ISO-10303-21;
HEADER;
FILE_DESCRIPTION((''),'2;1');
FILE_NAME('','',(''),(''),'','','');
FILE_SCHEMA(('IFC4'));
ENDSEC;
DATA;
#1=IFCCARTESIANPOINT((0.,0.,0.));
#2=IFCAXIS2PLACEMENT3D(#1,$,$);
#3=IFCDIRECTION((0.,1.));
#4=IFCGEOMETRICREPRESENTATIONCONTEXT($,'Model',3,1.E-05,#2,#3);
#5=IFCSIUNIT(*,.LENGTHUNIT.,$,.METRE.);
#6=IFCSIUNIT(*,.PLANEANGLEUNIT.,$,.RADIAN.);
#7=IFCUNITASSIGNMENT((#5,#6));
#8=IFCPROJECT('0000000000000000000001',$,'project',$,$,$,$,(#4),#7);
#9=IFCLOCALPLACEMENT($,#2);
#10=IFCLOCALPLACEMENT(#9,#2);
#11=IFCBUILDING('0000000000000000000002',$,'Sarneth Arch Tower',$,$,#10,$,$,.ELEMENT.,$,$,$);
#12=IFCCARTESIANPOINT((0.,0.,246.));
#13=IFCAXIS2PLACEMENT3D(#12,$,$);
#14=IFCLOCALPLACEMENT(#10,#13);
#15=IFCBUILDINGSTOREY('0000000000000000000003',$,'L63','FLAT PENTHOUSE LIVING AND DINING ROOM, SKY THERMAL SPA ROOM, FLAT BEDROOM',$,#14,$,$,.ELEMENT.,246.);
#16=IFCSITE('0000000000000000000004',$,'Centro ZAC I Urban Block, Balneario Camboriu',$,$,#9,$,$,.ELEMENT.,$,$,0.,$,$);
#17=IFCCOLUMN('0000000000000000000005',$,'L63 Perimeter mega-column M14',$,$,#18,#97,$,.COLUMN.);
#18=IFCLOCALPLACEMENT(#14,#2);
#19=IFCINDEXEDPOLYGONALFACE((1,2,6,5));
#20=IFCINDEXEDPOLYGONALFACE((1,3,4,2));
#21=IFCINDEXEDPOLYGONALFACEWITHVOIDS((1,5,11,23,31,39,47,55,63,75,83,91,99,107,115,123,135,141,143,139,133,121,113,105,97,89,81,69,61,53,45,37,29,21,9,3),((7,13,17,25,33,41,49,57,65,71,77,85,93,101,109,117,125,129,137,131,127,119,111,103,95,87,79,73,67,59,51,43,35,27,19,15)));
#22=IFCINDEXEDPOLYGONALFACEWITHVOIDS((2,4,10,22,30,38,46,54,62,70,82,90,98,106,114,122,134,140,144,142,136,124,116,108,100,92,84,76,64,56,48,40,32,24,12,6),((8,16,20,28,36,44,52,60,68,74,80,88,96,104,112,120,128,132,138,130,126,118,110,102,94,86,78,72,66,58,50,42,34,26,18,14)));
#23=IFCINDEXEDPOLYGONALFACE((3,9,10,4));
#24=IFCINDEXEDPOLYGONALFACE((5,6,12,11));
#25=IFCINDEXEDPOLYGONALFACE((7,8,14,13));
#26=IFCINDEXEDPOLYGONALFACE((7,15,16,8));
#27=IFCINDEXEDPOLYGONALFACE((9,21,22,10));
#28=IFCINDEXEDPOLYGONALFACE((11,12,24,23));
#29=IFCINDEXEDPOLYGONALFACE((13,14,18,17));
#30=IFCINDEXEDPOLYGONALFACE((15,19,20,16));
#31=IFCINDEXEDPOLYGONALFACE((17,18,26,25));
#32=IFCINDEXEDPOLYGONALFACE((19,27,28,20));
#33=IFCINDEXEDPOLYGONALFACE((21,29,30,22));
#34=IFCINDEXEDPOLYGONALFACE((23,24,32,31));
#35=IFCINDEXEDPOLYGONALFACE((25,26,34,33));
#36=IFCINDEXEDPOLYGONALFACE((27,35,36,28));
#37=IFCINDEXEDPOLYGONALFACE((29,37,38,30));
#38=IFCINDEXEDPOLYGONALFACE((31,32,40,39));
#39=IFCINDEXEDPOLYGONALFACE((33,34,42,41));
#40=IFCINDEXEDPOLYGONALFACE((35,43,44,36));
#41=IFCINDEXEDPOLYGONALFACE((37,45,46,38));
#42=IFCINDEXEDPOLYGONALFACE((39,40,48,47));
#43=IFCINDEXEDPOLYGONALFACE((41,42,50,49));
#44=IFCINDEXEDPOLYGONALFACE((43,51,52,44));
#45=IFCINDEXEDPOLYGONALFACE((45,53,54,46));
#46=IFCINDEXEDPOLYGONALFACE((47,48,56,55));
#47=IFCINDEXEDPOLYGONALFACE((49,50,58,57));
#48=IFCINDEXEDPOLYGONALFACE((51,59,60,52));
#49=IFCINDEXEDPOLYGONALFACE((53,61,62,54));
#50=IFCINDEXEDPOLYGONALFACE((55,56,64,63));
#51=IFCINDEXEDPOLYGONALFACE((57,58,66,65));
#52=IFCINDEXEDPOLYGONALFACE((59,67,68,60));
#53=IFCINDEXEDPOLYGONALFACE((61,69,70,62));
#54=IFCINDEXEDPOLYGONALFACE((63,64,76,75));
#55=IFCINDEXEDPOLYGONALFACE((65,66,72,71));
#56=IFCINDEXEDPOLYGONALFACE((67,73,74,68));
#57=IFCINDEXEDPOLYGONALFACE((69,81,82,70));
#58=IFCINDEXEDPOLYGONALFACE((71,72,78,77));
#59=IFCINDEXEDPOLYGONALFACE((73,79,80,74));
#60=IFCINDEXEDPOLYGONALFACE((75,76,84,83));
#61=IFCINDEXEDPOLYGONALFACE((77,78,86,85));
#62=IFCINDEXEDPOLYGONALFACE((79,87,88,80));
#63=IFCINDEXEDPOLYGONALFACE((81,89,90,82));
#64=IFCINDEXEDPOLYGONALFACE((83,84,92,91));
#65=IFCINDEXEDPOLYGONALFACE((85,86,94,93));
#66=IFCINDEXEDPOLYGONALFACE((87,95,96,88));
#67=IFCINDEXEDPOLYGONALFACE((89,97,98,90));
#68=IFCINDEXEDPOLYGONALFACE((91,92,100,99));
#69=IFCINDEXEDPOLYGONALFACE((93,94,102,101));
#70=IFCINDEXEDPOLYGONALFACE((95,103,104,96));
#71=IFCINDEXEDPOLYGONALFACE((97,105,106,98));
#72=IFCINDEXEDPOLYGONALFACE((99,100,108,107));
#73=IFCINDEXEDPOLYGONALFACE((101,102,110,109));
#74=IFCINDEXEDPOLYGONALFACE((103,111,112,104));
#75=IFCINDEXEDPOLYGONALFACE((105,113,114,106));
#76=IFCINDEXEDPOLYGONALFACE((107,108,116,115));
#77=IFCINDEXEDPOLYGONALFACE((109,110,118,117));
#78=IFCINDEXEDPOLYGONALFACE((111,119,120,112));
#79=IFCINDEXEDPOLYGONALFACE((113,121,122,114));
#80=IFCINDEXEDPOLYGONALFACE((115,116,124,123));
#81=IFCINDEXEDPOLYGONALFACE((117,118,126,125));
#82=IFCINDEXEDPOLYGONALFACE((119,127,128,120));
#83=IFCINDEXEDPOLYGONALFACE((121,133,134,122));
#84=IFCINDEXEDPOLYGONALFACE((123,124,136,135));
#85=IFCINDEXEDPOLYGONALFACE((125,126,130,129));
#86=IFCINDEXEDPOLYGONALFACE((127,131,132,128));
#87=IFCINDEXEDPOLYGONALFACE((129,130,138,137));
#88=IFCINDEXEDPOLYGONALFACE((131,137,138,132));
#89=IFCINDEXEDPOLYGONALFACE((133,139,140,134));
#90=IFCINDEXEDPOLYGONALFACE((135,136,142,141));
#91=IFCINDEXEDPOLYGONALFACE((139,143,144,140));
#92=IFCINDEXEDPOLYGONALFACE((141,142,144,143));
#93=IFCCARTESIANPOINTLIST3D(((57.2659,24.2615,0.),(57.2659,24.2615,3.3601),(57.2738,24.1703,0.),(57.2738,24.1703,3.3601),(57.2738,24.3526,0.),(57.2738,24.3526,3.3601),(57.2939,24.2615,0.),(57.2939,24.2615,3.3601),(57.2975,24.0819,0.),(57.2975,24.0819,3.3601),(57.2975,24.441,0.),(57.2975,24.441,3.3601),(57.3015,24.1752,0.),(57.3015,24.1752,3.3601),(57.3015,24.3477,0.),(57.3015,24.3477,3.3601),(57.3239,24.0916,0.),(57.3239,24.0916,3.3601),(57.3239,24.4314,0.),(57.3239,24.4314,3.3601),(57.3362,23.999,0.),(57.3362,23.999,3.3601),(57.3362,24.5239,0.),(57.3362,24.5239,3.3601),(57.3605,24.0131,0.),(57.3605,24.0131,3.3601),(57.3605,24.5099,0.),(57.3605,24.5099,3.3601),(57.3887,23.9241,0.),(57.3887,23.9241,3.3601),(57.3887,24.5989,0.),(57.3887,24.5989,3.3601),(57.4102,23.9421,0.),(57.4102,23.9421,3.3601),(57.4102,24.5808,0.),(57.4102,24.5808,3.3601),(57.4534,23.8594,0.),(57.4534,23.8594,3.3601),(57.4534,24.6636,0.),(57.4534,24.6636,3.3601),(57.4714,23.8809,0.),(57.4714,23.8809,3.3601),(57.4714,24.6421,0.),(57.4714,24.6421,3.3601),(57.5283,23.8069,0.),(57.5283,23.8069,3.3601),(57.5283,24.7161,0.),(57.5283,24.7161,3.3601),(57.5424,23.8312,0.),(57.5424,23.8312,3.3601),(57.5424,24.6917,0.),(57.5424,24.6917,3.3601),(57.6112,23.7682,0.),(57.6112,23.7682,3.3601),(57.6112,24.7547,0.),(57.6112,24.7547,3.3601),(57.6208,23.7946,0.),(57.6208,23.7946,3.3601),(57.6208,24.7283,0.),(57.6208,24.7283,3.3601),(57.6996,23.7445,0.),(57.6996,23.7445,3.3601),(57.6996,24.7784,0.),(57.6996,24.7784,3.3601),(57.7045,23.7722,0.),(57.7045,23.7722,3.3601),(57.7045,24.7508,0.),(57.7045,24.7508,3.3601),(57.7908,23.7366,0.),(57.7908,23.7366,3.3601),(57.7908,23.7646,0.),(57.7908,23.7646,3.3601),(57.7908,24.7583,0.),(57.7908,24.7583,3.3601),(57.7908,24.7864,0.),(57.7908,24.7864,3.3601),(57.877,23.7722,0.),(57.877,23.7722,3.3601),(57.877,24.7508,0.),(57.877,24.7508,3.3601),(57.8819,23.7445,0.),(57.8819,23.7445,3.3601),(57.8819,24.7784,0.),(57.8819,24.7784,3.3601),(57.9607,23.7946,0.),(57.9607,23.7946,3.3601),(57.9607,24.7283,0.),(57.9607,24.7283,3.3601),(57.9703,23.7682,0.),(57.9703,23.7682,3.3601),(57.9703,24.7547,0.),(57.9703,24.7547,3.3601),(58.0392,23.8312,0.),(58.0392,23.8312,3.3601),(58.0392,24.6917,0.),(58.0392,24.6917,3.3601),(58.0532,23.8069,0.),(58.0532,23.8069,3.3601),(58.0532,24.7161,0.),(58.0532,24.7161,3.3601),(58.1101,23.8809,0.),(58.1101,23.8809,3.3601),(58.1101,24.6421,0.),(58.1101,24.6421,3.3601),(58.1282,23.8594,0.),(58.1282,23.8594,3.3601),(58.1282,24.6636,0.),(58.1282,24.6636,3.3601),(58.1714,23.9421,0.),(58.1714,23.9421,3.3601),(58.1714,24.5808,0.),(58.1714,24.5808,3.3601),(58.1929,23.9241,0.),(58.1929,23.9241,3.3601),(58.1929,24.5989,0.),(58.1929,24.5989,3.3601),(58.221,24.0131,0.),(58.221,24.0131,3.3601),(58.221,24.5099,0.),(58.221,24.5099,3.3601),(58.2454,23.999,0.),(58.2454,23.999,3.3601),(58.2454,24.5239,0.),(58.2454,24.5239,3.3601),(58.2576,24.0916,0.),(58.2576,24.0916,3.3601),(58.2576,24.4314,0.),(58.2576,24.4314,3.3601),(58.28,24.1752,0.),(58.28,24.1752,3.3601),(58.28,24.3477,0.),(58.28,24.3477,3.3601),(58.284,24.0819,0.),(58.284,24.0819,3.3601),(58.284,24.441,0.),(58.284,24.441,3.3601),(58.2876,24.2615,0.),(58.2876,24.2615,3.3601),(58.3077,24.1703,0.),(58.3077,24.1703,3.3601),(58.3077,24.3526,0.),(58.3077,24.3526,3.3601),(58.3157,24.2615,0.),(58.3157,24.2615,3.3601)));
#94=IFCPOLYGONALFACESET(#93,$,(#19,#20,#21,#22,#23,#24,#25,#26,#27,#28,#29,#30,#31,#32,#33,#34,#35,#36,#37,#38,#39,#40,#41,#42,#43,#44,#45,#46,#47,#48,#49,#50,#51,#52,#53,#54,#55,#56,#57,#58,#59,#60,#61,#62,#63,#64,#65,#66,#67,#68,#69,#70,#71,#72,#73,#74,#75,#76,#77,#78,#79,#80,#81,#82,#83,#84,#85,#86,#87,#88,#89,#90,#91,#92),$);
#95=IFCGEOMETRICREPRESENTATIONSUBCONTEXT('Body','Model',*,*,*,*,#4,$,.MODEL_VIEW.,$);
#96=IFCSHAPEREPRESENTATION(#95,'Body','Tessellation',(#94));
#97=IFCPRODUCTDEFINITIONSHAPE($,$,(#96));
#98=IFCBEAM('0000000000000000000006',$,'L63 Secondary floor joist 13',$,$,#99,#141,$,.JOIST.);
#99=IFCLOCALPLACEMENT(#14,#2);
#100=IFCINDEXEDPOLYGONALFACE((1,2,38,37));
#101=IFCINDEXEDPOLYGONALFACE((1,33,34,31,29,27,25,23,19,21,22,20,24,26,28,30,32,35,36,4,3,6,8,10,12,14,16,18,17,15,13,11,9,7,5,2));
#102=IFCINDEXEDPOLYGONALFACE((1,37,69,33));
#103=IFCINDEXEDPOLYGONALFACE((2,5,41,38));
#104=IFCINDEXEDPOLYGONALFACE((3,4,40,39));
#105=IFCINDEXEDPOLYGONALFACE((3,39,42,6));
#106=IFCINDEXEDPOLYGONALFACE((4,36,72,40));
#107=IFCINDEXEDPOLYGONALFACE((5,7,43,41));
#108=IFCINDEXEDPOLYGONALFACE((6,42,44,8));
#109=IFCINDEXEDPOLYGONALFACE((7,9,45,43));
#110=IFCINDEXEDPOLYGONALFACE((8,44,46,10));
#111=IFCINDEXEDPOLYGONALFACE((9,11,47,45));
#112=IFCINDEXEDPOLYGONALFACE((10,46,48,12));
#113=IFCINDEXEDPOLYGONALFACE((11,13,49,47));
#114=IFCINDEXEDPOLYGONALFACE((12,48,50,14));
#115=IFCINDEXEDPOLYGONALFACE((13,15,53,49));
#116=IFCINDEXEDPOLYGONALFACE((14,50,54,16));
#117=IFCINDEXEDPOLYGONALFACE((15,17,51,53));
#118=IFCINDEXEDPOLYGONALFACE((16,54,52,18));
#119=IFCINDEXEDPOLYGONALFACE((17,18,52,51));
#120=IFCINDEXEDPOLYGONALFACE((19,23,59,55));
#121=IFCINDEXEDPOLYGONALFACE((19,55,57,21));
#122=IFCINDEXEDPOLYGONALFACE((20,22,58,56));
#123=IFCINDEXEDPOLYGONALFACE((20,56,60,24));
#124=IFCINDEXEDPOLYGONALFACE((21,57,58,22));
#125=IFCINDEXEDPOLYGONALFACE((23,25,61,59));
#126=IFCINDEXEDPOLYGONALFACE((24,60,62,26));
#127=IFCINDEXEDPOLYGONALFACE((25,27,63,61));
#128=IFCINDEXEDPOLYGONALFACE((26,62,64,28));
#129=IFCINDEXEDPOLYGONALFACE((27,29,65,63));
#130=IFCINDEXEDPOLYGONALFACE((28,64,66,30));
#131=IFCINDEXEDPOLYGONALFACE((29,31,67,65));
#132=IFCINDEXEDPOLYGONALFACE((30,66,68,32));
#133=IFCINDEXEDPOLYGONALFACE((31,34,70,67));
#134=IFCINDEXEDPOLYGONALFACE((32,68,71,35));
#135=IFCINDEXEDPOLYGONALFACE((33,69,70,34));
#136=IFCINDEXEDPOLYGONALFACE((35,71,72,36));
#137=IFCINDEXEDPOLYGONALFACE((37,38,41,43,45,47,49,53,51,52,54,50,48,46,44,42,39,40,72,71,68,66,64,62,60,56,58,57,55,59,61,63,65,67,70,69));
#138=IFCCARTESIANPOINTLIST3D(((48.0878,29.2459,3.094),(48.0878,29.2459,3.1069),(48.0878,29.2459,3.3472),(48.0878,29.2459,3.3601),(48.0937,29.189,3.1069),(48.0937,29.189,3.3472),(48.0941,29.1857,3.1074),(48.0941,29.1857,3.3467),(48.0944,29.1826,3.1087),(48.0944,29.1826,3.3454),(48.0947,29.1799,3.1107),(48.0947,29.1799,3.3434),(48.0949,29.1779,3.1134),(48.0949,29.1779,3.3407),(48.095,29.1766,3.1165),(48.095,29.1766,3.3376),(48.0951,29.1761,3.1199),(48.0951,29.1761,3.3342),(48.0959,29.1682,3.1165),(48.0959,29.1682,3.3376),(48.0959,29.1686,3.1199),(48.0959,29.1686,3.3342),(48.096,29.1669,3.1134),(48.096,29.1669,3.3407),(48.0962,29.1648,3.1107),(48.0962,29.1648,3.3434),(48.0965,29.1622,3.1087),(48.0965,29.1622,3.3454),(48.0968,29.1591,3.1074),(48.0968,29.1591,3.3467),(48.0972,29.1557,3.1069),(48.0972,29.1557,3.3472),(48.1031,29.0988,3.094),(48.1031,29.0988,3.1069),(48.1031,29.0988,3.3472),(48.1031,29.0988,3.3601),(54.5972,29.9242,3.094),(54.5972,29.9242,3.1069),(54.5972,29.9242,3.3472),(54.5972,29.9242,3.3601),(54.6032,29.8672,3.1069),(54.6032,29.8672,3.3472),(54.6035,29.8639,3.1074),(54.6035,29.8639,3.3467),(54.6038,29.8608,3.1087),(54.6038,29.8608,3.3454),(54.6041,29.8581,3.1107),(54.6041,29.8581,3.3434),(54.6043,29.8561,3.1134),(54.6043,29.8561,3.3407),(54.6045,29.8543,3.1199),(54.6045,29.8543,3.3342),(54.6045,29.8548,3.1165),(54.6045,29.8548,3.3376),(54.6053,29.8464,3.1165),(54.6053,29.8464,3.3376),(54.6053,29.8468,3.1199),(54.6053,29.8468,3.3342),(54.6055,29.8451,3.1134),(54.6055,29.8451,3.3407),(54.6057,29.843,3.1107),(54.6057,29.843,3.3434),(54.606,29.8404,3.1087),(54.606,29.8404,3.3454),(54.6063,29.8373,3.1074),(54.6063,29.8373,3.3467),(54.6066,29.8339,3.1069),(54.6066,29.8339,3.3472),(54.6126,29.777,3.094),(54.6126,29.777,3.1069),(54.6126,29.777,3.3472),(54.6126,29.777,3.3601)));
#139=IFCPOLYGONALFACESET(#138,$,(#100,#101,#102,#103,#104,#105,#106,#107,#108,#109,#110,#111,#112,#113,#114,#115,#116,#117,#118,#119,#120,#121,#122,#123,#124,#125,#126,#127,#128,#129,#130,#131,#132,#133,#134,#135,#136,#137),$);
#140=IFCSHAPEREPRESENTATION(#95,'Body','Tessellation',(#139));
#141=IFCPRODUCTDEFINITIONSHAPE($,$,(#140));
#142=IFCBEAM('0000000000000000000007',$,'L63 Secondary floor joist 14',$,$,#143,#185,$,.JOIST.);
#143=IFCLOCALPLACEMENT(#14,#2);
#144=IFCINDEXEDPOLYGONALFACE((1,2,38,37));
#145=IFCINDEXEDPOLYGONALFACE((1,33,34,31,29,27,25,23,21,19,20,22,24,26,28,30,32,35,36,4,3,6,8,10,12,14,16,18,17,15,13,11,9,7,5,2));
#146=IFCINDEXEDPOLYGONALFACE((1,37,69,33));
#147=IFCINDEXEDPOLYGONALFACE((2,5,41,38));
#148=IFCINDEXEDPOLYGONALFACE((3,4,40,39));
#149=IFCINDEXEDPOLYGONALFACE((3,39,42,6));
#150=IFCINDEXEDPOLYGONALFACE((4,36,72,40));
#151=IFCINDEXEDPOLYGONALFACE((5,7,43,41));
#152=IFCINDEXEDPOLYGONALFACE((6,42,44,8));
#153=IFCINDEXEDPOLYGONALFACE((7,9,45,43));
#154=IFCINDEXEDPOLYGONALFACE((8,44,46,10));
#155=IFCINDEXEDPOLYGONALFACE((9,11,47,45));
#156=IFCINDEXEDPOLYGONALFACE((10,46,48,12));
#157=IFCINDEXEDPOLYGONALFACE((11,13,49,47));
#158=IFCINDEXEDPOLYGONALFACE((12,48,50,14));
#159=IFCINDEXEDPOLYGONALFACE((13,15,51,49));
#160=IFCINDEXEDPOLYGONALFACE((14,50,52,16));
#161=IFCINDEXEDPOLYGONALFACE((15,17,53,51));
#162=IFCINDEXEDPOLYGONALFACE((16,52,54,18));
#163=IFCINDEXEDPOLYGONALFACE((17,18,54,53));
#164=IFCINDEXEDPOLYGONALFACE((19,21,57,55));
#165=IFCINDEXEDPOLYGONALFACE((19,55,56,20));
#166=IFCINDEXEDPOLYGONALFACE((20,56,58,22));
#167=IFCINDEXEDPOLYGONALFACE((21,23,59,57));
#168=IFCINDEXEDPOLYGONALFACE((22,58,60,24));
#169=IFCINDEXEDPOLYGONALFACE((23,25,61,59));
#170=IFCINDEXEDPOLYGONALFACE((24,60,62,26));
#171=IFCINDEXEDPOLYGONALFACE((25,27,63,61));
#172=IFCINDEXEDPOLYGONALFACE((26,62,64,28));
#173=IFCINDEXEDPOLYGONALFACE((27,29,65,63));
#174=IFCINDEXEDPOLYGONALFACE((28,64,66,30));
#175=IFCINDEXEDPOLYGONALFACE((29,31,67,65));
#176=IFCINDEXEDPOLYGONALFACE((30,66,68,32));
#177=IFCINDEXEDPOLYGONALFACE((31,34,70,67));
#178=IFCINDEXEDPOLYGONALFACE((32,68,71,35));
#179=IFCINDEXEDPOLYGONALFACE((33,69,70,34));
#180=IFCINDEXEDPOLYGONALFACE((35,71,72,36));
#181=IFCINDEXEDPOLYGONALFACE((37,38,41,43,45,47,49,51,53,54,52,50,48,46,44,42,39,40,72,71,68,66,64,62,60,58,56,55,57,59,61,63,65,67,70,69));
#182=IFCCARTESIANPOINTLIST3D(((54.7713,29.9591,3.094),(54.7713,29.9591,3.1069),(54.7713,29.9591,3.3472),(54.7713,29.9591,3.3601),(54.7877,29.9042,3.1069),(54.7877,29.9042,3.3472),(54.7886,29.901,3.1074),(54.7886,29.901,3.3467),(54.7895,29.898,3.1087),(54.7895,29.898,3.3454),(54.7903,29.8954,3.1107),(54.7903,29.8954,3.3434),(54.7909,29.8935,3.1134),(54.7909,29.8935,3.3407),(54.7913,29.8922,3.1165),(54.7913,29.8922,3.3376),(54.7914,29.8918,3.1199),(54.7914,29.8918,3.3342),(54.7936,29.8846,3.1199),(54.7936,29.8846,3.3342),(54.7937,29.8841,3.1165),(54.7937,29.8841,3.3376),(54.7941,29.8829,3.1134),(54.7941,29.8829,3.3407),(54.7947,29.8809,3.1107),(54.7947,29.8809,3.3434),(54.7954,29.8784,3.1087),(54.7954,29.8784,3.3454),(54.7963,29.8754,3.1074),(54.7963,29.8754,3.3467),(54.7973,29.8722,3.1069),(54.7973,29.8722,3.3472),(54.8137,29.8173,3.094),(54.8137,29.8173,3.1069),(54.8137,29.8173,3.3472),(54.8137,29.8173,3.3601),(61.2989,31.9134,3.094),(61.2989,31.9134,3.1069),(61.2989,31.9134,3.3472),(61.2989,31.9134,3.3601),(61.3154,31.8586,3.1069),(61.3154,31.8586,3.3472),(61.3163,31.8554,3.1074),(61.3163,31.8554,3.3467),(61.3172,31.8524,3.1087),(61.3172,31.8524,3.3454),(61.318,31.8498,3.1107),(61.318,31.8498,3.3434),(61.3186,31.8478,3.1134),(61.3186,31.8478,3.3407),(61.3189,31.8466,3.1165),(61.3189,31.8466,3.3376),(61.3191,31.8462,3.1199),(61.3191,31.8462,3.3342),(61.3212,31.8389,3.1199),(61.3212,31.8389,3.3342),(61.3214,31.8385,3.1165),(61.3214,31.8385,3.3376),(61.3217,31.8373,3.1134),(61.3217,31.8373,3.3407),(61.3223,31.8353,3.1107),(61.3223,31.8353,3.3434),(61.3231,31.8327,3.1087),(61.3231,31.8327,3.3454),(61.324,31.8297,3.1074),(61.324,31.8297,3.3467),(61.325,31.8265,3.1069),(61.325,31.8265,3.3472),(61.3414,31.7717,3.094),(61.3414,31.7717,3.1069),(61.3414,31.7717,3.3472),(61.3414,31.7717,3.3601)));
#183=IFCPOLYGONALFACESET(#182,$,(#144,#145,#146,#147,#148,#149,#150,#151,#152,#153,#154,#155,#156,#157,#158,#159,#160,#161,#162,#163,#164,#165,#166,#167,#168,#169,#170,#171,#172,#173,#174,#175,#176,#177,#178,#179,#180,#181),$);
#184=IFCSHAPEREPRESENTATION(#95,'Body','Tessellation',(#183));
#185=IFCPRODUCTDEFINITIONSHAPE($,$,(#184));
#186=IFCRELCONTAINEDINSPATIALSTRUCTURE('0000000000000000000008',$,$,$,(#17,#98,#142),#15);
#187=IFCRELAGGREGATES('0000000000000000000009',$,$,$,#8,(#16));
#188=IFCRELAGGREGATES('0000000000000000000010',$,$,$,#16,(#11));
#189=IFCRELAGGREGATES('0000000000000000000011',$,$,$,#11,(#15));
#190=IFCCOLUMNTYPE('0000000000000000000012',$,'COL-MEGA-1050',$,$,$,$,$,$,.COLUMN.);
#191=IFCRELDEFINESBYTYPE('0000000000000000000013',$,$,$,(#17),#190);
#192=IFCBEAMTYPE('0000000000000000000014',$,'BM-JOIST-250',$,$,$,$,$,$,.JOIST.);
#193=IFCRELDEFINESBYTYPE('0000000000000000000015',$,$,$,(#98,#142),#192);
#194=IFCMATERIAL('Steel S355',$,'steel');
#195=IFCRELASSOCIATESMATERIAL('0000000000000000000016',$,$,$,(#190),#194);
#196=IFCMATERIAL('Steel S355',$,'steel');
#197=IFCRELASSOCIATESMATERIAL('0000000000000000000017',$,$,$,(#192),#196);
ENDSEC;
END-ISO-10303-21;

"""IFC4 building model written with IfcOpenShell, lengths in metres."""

from ifc_helpers import new_model, si_unit, direction, frame, origin, origin_2d, place, context, subcontext, project, spatial, hollow_circle, i_section, extrude, material, material_profile, profile_set, type_object, element, save


model = new_model("IFC4")

# Units and contexts
model_context = context("Model", 3, precision=1e-05, world=origin(), true_north=direction((0.0, 1.0)))
body_context = subcontext(model_context, "Body", "Model", "MODEL_VIEW")
ifc_project = project(units=[si_unit("LENGTHUNIT", "METRE"), si_unit("PLANEANGLEUNIT", "RADIAN")], contexts=[model_context])

# Site, building, storey
site_placement = place(None, origin())
site = spatial("IfcSite", under=ifc_project, at=site_placement, Name="Centro ZAC I Urban Block, Balneario Camboriu", CompositionType="ELEMENT", RefElevation=0.0)
building_placement = place(site_placement, origin())
building = spatial("IfcBuilding", under=site, at=building_placement, Name="Sarneth Arch Tower", CompositionType="ELEMENT")
storey_placement = place(building_placement, frame((0.0, 0.0, 246.0)))
storey = spatial("IfcBuildingStorey", under=building, at=storey_placement, Name="L63", Description="FLAT PENTHOUSE LIVING AND DINING ROOM, SKY THERMAL SPA ROOM, FLAT BEDROOM", CompositionType="ELEMENT", Elevation=246.0)

# Column
ifc_material_1 = material(Name="Steel S355", Category="steel")
ifc_material_profile_1 = material_profile(ifc_material_1, hollow_circle(Radius=0.5249, WallThickness=0.0281, at=origin_2d()), Name="CHS1050x28")
ifc_profile_set_1 = profile_set([ifc_material_profile_1], Name="Steel S355")
column_type = type_object("IfcColumnType", Name="COL-MEGA-1050", PredefinedType="COLUMN", material=ifc_profile_set_1)
column_placement = place(storey_placement, frame((57.7908, 24.2615, 0.0), z_axis=(0.0, 0.0, 1.0), x_axis=(1.0, 0.0, 0.0)))
element("IfcColumn", 1, at=column_placement, inside=storey, type_object=column_type, Name="L63 Perimeter mega-column M14", PredefinedType="COLUMN", context=body_context, shape_type="SweptSolid", body=[
    extrude(hollow_circle(Radius=0.5249, WallThickness=0.0281, at=origin_2d()), origin(), (0.0, 0.0, 1.0), 3.3601),
])

# Beams
ifc_material_2 = material(Name="Steel S355", Category="steel")
ifc_material_profile_2 = material_profile(ifc_material_2, i_section(OverallWidth=0.1479, OverallDepth=0.2661, WebThickness=0.0076, FlangeThickness=0.0129, FilletRadius=0.0129, at=origin_2d()), Name="W250x44.8")
ifc_profile_set_2 = profile_set([ifc_material_profile_2], Name="Steel S355")
beam_type_1 = type_object("IfcBeamType", Name="BM-JOIST-250", PredefinedType="JOIST", material=ifc_profile_set_2)
beam_1_placement = place(storey_placement, frame((48.0955, 29.1724, 3.2271), z_axis=(0.994616, 0.103628, 0.0), x_axis=(-0.103628, 0.994616, 0.0)))
element("IfcBeam", 2, at=beam_1_placement, inside=storey, type_object=beam_type_1, Name="L63 Secondary floor joist 13", PredefinedType="JOIST", context=body_context, shape_type="SweptSolid", body=[
    extrude(i_section(OverallWidth=0.1479, OverallDepth=0.2661, WebThickness=0.0076, FlangeThickness=0.0129, FilletRadius=0.0129, at=origin_2d()), origin(), (0.0, 0.0, 1.0), 6.5447),
])
beam_2_placement = place(storey_placement, frame((54.7925, 29.8882, 3.2271), z_axis=(0.957985, 0.286819, 0.0), x_axis=(-0.286819, 0.957985, 0.0)))
element("IfcBeam", 3, at=beam_2_placement, inside=storey, type_object=beam_type_1, Name="L63 Secondary floor joist 14", PredefinedType="JOIST", context=body_context, shape_type="SweptSolid", body=[
    extrude(i_section(OverallWidth=0.1479, OverallDepth=0.2661, WebThickness=0.0076, FlangeThickness=0.0129, FilletRadius=0.0129, at=origin_2d()), origin(), (0.0, 0.0, 1.0), 6.814),
])

save(model, "model.ifc")
